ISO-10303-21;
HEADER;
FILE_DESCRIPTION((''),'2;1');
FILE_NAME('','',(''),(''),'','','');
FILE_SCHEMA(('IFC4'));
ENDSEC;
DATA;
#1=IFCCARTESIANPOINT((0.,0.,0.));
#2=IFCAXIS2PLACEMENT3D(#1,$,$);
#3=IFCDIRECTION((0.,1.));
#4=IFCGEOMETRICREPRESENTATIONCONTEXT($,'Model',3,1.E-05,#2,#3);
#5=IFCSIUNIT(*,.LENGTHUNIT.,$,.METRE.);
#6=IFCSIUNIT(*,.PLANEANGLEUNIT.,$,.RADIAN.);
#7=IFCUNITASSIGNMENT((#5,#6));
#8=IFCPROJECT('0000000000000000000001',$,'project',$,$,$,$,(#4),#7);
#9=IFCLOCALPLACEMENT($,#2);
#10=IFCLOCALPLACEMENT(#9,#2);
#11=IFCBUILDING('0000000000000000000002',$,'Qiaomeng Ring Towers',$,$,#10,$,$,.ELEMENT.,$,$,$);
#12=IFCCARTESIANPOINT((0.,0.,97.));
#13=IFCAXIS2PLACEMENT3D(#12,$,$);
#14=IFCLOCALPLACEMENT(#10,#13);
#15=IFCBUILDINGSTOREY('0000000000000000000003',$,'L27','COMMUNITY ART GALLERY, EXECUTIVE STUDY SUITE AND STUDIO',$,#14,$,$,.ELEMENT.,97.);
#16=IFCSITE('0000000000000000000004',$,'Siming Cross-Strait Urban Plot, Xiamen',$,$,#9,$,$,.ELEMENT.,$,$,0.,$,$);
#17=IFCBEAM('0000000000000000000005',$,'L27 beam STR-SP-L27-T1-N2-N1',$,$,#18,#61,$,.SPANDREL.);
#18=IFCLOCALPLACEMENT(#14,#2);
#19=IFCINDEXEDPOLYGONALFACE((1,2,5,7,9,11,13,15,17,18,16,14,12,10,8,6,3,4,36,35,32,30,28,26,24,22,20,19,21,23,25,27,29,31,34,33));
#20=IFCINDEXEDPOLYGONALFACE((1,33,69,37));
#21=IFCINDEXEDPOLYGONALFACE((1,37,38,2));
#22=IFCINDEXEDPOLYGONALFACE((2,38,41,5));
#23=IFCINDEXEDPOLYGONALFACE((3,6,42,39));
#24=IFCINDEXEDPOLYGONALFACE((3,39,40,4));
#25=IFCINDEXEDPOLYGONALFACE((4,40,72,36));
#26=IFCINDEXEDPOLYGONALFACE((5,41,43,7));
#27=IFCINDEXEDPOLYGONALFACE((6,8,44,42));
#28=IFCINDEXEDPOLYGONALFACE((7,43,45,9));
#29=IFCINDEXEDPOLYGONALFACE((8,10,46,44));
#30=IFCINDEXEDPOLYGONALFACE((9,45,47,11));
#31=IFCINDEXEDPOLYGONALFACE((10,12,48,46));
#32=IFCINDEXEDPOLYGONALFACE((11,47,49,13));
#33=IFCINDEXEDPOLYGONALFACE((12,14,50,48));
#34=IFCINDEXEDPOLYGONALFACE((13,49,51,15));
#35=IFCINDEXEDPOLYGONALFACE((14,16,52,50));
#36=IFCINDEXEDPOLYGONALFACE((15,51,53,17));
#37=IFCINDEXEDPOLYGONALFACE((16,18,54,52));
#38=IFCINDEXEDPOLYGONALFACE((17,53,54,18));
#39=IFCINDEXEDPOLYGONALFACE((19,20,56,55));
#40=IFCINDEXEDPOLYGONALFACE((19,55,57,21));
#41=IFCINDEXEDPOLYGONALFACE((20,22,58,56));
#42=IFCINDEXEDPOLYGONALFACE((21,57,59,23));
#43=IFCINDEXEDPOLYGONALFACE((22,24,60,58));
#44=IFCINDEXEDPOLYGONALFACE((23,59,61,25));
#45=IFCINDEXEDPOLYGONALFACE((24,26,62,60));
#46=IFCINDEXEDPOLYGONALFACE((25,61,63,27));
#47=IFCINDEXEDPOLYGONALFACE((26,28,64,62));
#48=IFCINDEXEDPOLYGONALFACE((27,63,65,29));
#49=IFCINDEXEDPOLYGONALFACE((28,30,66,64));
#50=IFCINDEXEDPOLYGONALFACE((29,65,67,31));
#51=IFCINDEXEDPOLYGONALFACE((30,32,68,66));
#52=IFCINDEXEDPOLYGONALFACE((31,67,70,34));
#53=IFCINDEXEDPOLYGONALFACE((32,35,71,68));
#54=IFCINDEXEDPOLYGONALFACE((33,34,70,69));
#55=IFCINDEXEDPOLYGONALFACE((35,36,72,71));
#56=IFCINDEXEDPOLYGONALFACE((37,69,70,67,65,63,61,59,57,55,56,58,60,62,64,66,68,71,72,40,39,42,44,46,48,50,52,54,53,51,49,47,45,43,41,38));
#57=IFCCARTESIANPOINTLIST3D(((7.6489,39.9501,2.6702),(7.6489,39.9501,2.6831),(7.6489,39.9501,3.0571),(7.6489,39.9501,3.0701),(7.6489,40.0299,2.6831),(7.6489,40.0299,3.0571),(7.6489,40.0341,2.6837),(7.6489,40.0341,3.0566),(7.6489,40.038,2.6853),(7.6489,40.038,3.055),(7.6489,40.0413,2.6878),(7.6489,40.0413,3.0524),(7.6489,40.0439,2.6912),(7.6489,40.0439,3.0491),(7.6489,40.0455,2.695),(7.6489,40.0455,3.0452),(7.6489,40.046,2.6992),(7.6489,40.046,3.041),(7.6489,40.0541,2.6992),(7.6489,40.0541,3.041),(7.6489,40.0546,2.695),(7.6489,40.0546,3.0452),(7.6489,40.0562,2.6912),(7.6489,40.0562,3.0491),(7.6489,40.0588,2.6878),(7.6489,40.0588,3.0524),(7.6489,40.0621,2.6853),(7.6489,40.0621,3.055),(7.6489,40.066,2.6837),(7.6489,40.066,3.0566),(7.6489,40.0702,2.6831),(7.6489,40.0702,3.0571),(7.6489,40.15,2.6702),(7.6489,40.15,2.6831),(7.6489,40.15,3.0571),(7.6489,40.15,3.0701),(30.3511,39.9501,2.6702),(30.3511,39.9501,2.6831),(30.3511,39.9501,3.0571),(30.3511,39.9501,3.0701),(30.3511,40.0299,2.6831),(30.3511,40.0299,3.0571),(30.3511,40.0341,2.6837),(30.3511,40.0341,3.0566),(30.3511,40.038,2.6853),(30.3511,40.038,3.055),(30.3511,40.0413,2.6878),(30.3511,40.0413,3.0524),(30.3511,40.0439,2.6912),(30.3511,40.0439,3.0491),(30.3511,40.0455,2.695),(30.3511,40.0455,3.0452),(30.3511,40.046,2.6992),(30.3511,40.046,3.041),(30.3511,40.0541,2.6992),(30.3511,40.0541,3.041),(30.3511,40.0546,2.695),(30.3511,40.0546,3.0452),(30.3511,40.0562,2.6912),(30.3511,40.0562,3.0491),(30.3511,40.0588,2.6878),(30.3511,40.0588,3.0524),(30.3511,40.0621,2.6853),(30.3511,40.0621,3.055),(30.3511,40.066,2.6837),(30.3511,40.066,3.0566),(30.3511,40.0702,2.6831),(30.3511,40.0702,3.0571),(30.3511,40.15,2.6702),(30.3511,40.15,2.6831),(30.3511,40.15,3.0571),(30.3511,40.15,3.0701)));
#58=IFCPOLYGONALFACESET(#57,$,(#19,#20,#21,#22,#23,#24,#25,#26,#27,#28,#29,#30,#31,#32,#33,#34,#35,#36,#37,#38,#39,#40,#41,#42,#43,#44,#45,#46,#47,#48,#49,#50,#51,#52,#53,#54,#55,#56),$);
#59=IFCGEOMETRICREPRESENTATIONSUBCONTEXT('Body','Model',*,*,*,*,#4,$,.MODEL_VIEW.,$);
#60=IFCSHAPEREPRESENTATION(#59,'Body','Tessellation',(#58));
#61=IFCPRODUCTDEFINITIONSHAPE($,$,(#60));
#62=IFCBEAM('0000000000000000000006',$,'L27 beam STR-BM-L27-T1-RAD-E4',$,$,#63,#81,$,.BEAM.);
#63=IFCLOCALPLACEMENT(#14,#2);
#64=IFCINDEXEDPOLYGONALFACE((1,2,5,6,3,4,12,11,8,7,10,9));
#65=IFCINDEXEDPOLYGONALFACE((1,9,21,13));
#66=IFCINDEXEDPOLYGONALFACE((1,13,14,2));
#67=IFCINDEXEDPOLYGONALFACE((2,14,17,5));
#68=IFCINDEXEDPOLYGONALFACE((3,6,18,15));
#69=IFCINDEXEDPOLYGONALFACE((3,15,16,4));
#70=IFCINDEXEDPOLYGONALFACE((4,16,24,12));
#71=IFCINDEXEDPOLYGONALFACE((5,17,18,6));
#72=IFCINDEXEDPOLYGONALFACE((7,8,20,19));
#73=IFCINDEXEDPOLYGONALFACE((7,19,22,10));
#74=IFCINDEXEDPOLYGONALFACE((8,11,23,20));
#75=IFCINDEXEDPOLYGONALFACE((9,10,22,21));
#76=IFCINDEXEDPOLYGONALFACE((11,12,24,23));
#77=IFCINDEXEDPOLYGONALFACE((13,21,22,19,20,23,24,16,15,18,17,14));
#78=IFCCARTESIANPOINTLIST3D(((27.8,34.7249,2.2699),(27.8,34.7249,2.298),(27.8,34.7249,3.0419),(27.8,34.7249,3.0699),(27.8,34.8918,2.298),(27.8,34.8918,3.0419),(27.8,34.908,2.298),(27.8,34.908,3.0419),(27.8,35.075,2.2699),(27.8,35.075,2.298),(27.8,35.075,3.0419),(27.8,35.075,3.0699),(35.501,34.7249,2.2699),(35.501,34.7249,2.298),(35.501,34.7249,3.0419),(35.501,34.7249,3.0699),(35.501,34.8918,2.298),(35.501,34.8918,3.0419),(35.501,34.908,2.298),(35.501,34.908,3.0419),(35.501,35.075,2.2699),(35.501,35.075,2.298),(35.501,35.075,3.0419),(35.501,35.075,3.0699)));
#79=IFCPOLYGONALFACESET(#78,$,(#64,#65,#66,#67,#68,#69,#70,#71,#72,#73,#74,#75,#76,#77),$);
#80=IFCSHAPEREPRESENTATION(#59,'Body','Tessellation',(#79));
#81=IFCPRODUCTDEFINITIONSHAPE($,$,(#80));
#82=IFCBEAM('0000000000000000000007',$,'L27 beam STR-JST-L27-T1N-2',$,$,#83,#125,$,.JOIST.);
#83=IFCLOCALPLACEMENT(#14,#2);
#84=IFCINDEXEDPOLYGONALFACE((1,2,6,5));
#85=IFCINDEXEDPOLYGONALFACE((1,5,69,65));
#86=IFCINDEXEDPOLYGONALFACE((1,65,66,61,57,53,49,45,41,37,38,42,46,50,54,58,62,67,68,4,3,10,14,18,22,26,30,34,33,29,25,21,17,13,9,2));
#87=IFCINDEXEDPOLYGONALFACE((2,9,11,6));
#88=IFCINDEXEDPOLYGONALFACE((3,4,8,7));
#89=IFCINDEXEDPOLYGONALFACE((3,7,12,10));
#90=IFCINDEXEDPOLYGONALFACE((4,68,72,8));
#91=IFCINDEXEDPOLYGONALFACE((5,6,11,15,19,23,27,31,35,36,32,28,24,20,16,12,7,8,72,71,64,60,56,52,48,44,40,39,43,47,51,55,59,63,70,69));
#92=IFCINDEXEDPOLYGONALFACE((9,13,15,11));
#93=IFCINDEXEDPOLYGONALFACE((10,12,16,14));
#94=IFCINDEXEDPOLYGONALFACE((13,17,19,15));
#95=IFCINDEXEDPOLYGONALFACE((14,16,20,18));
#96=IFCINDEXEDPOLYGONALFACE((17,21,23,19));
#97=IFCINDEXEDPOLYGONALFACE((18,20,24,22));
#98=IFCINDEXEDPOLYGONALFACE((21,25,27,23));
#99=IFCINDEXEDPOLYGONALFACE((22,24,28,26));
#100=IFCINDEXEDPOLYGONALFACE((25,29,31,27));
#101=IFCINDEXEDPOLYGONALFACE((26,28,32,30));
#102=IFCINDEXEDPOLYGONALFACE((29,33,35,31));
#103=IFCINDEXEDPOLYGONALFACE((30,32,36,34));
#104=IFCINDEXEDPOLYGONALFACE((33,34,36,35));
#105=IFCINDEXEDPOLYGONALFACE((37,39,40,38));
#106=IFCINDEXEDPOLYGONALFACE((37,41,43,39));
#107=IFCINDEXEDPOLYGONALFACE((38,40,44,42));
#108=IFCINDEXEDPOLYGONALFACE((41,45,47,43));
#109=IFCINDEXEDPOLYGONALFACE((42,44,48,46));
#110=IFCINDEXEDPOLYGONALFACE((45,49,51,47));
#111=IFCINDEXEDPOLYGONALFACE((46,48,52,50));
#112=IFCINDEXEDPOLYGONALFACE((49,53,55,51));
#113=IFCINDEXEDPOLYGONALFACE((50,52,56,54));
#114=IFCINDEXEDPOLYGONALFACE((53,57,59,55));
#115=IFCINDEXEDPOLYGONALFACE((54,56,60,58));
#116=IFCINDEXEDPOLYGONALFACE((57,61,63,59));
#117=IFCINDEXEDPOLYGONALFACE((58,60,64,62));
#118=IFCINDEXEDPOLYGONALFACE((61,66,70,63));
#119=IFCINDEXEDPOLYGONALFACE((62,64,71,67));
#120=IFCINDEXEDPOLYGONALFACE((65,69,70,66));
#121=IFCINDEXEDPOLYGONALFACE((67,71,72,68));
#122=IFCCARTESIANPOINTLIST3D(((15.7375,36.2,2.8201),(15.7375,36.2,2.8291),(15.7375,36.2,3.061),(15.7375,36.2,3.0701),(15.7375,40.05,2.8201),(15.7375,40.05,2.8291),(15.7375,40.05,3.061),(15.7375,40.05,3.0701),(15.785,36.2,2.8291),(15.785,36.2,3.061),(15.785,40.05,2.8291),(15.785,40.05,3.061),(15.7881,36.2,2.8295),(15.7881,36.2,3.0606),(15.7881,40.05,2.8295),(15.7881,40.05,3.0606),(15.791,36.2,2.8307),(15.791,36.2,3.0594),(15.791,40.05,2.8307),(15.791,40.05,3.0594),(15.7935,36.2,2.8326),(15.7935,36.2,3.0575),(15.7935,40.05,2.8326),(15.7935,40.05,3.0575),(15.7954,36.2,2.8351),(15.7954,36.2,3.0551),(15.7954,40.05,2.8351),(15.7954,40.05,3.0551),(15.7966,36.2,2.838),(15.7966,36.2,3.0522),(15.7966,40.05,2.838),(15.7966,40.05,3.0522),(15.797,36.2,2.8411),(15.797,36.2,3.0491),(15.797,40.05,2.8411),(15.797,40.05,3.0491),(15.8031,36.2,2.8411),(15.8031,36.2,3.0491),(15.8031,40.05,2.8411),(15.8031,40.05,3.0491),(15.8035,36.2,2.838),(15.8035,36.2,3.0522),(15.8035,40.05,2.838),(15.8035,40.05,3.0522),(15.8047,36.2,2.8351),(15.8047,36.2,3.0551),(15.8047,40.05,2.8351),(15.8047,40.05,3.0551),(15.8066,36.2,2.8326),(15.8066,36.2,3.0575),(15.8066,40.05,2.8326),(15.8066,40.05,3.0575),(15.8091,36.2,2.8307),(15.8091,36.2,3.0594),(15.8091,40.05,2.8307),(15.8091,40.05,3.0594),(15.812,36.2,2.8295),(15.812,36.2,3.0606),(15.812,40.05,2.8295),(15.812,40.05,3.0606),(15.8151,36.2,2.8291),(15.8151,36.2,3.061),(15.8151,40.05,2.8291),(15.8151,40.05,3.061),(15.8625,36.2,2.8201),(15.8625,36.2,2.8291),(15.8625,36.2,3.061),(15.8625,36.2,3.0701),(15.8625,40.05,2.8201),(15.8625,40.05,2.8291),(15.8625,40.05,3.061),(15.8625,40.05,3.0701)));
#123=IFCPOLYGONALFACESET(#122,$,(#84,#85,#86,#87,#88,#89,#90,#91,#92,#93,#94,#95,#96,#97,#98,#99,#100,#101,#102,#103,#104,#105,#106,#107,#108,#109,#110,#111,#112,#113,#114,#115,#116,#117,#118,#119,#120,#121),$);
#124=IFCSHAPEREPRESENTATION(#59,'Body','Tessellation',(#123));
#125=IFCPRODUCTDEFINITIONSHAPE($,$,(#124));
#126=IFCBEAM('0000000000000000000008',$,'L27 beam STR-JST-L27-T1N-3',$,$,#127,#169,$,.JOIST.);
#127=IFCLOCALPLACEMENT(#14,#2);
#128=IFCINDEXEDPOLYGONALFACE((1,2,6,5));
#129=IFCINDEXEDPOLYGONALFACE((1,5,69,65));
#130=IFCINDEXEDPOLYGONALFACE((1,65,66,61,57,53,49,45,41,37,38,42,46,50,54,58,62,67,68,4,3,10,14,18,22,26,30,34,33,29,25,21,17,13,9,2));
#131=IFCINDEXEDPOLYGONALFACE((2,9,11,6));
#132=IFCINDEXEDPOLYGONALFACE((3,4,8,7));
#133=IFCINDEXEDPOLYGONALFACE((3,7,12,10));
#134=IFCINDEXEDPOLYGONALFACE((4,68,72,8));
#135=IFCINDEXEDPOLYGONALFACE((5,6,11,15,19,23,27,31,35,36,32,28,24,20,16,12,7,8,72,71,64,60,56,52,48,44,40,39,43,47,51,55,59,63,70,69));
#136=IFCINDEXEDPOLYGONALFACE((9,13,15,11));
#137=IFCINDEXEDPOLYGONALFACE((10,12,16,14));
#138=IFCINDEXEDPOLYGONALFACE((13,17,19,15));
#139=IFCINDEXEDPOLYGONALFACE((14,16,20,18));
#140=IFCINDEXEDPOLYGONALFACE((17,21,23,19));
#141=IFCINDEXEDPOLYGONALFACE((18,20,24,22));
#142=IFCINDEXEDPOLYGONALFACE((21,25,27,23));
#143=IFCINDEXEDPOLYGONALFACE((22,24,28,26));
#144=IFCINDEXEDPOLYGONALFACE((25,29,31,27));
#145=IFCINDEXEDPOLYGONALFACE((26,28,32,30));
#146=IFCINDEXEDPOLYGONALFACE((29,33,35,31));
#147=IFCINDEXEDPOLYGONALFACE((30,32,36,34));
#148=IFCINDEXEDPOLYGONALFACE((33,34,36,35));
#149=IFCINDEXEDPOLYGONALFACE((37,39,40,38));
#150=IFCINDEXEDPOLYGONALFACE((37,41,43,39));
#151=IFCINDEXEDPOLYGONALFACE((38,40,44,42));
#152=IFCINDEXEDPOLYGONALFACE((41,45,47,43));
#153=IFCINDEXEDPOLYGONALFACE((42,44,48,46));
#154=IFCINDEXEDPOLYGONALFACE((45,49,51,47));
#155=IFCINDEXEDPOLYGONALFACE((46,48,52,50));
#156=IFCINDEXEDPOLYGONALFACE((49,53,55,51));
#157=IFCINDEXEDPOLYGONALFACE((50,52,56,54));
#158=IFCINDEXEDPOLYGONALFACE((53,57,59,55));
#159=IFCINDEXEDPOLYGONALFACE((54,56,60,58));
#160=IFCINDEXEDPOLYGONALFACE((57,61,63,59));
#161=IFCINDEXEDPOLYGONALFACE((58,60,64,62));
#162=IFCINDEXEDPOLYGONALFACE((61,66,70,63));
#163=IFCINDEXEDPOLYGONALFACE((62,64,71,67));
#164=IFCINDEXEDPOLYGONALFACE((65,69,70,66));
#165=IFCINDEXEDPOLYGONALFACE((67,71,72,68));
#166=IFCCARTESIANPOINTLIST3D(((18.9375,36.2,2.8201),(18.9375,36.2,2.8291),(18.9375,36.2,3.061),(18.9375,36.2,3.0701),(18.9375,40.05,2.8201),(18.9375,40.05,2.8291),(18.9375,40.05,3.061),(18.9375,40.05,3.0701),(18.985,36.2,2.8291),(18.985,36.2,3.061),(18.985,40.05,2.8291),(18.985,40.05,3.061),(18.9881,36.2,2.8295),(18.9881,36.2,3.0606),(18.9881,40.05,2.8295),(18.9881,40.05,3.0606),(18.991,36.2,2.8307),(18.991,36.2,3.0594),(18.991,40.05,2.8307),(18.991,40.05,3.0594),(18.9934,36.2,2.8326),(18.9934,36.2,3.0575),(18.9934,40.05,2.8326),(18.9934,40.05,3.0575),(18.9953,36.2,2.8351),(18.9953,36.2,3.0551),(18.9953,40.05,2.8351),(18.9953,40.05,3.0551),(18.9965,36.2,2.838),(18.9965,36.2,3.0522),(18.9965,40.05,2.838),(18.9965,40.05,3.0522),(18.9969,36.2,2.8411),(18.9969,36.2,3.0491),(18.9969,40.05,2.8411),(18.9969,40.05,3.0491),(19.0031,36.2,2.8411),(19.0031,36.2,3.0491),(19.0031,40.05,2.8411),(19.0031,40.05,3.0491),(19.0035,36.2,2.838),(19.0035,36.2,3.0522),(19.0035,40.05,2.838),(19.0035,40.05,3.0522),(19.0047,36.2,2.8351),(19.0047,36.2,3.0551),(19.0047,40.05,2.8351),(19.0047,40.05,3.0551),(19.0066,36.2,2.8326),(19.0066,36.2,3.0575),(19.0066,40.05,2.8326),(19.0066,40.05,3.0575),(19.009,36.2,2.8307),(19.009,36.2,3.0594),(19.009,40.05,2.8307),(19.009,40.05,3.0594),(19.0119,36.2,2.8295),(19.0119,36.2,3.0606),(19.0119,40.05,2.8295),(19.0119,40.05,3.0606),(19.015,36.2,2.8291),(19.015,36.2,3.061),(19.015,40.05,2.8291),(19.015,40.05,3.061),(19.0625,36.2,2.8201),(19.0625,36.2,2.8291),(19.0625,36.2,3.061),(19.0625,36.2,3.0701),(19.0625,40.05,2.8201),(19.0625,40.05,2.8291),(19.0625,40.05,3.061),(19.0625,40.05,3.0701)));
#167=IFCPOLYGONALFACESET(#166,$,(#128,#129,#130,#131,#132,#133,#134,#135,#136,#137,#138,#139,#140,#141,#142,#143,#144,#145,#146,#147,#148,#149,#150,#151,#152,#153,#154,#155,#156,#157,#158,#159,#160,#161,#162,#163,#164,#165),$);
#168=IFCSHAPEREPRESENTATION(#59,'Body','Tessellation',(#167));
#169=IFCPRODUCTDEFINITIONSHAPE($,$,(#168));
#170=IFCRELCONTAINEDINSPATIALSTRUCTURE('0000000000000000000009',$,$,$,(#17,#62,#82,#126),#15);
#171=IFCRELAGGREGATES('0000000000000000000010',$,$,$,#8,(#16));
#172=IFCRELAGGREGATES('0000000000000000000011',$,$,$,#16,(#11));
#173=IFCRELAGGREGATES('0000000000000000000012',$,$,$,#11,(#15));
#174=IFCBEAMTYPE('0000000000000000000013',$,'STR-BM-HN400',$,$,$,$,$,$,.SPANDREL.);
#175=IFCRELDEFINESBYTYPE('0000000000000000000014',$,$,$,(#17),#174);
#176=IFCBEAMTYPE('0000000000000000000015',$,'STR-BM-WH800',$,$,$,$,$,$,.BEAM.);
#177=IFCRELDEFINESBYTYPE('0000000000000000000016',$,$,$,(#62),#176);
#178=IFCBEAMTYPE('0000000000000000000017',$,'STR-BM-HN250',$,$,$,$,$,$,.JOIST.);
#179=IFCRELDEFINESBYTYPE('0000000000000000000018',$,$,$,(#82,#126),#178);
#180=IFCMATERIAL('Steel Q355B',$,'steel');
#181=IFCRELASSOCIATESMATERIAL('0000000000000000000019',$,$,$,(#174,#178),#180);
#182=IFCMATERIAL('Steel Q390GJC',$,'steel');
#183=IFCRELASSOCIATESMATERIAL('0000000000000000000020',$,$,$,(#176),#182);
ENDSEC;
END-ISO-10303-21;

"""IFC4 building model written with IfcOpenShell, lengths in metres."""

from ifc_helpers import new_model, si_unit, direction, frame, origin, origin_2d, place, context, subcontext, project, spatial, i_section, extrude, source, transform, mapped, material, material_profile, profile_set, type_object, element, save


model = new_model("IFC4")

# Units and contexts
model_context = context("Model", 3, precision=1e-05, world=origin(), true_north=direction((0.0, 1.0)))
body_context = subcontext(model_context, "Body", "Model", "MODEL_VIEW")
ifc_project = project(units=[si_unit("LENGTHUNIT", "METRE"), si_unit("PLANEANGLEUNIT", "RADIAN")], contexts=[model_context])

# Site, building, storey
site_placement = place(None, origin())
site = spatial("IfcSite", under=ifc_project, at=site_placement, Name="Siming Cross-Strait Urban Plot, Xiamen", CompositionType="ELEMENT", RefElevation=0.0)
building_placement = place(site_placement, origin())
building = spatial("IfcBuilding", under=site, at=building_placement, Name="Qiaomeng Ring Towers", CompositionType="ELEMENT")
storey_placement = place(building_placement, frame((0.0, 0.0, 97.0)))
storey = spatial("IfcBuildingStorey", under=building, at=storey_placement, Name="L27", Description="COMMUNITY ART GALLERY, EXECUTIVE STUDY SUITE AND STUDIO", CompositionType="ELEMENT", Elevation=97.0)

# Beams
ifc_material_1 = material(Name="Steel Q355B", Category="steel")
ifc_material_profile_1 = material_profile(ifc_material_1, i_section(OverallWidth=0.2, OverallDepth=0.3999, WebThickness=0.0081, FlangeThickness=0.0129, FilletRadius=0.0161, at=origin_2d()), Name="HN 400x200x8x13")
ifc_profile_set_1 = profile_set([ifc_material_profile_1], Name="Steel Q355B")
beam_type_1 = type_object("IfcBeamType", Name="STR-BM-HN400", PredefinedType="SPANDREL", material=ifc_profile_set_1)
shared_shape_1 = source(origin(), body_context, "Body", "SweptSolid", [
    extrude(i_section(OverallWidth=0.2, OverallDepth=0.3999, WebThickness=0.0081, FlangeThickness=0.0129, FilletRadius=0.0161, at=origin_2d()), origin(), (0.0, 0.0, 1.0), 22.7021),
])
beam_1_placement = place(storey_placement, frame((30.3511, 40.05, 2.8701), z_axis=(-1.0, 0.0, 0.0), x_axis=(0.0, -1.0, 0.0)))
element("IfcBeam", 1, at=beam_1_placement, inside=storey, type_object=beam_type_1, Name="L27 beam STR-SP-L27-T1-N2-N1", PredefinedType="SPANDREL", context=body_context, shape_type="MappedRepresentation", body=[
    mapped(shared_shape_1, transform((0.0, 0.0, 0.0), x_axis=(1.0, 0.0, 0.0), y_axis=(0.0, 1.0, 0.0), z_axis=(0.0, 0.0, 1.0), scale=1.0)),
])
ifc_material_2 = material(Name="Steel Q390GJC", Category="steel")
ifc_material_profile_2 = material_profile(ifc_material_2, i_section(OverallWidth=0.3501, OverallDepth=0.8, WebThickness=0.0161, FlangeThickness=0.0281, at=origin_2d()), Name="WH 800x350x16x28")
ifc_profile_set_2 = profile_set([ifc_material_profile_2], Name="Steel Q390GJC")
beam_type_2 = type_object("IfcBeamType", Name="STR-BM-WH800", PredefinedType="BEAM", material=ifc_profile_set_2)
shared_shape_2 = source(origin(), body_context, "Body", "SweptSolid", [
    extrude(i_section(OverallWidth=0.3501, OverallDepth=0.8, WebThickness=0.0161, FlangeThickness=0.0281, at=origin_2d()), origin(), (0.0, 0.0, 1.0), 7.7009),
])
beam_2_placement = place(storey_placement, frame((27.8, 34.8999, 2.6699), z_axis=(1.0, 0.0, 0.0), x_axis=(0.0, 1.0, 0.0)))
element("IfcBeam", 2, at=beam_2_placement, inside=storey, type_object=beam_type_2, Name="L27 beam STR-BM-L27-T1-RAD-E4", PredefinedType="BEAM", context=body_context, shape_type="MappedRepresentation", body=[
    mapped(shared_shape_2, transform((0.0, 0.0, 0.0), x_axis=(1.0, 0.0, 0.0), y_axis=(0.0, 1.0, 0.0), z_axis=(0.0, 0.0, 1.0), scale=1.0)),
])
ifc_material_profile_3 = material_profile(ifc_material_1, i_section(OverallWidth=0.125, OverallDepth=0.25, WebThickness=0.0061, FlangeThickness=0.009, FilletRadius=0.012, at=origin_2d()), Name="HN 250x125x6x9")
ifc_profile_set_3 = profile_set([ifc_material_profile_3], Name="Steel Q355B")
beam_type_3 = type_object("IfcBeamType", Name="STR-BM-HN250", PredefinedType="JOIST", material=ifc_profile_set_3)
shared_shape_3 = source(origin(), body_context, "Body", "SweptSolid", [
    extrude(i_section(OverallWidth=0.125, OverallDepth=0.25, WebThickness=0.0061, FlangeThickness=0.009, FilletRadius=0.012, at=origin_2d()), origin(), (0.0, 0.0, 1.0), 3.8501),
])
for number, where, z_axis, x_axis, name in (
    (3, (15.8, 36.2, 2.9451), (0.0, 1.0, 0.0), (-1.0, 0.0, 0.0), "L27 beam STR-JST-L27-T1N-2"),
    (4, (19.0, 36.2, 2.9451), (0.0, 1.0, 0.0), (-1.0, 0.0, 0.0), "L27 beam STR-JST-L27-T1N-3"),
):
    element("IfcBeam", number, at=place(storey_placement, frame(where, z_axis=z_axis, x_axis=x_axis)), inside=storey, type_object=beam_type_3, Name=name, PredefinedType="JOIST", context=body_context, shape_type="MappedRepresentation", body=[
        mapped(shared_shape_3, transform((0.0, 0.0, 0.0), x_axis=(1.0, 0.0, 0.0), y_axis=(0.0, 1.0, 0.0), z_axis=(0.0, 0.0, 1.0), scale=1.0)),
    ])

save(model, "model.ifc")
